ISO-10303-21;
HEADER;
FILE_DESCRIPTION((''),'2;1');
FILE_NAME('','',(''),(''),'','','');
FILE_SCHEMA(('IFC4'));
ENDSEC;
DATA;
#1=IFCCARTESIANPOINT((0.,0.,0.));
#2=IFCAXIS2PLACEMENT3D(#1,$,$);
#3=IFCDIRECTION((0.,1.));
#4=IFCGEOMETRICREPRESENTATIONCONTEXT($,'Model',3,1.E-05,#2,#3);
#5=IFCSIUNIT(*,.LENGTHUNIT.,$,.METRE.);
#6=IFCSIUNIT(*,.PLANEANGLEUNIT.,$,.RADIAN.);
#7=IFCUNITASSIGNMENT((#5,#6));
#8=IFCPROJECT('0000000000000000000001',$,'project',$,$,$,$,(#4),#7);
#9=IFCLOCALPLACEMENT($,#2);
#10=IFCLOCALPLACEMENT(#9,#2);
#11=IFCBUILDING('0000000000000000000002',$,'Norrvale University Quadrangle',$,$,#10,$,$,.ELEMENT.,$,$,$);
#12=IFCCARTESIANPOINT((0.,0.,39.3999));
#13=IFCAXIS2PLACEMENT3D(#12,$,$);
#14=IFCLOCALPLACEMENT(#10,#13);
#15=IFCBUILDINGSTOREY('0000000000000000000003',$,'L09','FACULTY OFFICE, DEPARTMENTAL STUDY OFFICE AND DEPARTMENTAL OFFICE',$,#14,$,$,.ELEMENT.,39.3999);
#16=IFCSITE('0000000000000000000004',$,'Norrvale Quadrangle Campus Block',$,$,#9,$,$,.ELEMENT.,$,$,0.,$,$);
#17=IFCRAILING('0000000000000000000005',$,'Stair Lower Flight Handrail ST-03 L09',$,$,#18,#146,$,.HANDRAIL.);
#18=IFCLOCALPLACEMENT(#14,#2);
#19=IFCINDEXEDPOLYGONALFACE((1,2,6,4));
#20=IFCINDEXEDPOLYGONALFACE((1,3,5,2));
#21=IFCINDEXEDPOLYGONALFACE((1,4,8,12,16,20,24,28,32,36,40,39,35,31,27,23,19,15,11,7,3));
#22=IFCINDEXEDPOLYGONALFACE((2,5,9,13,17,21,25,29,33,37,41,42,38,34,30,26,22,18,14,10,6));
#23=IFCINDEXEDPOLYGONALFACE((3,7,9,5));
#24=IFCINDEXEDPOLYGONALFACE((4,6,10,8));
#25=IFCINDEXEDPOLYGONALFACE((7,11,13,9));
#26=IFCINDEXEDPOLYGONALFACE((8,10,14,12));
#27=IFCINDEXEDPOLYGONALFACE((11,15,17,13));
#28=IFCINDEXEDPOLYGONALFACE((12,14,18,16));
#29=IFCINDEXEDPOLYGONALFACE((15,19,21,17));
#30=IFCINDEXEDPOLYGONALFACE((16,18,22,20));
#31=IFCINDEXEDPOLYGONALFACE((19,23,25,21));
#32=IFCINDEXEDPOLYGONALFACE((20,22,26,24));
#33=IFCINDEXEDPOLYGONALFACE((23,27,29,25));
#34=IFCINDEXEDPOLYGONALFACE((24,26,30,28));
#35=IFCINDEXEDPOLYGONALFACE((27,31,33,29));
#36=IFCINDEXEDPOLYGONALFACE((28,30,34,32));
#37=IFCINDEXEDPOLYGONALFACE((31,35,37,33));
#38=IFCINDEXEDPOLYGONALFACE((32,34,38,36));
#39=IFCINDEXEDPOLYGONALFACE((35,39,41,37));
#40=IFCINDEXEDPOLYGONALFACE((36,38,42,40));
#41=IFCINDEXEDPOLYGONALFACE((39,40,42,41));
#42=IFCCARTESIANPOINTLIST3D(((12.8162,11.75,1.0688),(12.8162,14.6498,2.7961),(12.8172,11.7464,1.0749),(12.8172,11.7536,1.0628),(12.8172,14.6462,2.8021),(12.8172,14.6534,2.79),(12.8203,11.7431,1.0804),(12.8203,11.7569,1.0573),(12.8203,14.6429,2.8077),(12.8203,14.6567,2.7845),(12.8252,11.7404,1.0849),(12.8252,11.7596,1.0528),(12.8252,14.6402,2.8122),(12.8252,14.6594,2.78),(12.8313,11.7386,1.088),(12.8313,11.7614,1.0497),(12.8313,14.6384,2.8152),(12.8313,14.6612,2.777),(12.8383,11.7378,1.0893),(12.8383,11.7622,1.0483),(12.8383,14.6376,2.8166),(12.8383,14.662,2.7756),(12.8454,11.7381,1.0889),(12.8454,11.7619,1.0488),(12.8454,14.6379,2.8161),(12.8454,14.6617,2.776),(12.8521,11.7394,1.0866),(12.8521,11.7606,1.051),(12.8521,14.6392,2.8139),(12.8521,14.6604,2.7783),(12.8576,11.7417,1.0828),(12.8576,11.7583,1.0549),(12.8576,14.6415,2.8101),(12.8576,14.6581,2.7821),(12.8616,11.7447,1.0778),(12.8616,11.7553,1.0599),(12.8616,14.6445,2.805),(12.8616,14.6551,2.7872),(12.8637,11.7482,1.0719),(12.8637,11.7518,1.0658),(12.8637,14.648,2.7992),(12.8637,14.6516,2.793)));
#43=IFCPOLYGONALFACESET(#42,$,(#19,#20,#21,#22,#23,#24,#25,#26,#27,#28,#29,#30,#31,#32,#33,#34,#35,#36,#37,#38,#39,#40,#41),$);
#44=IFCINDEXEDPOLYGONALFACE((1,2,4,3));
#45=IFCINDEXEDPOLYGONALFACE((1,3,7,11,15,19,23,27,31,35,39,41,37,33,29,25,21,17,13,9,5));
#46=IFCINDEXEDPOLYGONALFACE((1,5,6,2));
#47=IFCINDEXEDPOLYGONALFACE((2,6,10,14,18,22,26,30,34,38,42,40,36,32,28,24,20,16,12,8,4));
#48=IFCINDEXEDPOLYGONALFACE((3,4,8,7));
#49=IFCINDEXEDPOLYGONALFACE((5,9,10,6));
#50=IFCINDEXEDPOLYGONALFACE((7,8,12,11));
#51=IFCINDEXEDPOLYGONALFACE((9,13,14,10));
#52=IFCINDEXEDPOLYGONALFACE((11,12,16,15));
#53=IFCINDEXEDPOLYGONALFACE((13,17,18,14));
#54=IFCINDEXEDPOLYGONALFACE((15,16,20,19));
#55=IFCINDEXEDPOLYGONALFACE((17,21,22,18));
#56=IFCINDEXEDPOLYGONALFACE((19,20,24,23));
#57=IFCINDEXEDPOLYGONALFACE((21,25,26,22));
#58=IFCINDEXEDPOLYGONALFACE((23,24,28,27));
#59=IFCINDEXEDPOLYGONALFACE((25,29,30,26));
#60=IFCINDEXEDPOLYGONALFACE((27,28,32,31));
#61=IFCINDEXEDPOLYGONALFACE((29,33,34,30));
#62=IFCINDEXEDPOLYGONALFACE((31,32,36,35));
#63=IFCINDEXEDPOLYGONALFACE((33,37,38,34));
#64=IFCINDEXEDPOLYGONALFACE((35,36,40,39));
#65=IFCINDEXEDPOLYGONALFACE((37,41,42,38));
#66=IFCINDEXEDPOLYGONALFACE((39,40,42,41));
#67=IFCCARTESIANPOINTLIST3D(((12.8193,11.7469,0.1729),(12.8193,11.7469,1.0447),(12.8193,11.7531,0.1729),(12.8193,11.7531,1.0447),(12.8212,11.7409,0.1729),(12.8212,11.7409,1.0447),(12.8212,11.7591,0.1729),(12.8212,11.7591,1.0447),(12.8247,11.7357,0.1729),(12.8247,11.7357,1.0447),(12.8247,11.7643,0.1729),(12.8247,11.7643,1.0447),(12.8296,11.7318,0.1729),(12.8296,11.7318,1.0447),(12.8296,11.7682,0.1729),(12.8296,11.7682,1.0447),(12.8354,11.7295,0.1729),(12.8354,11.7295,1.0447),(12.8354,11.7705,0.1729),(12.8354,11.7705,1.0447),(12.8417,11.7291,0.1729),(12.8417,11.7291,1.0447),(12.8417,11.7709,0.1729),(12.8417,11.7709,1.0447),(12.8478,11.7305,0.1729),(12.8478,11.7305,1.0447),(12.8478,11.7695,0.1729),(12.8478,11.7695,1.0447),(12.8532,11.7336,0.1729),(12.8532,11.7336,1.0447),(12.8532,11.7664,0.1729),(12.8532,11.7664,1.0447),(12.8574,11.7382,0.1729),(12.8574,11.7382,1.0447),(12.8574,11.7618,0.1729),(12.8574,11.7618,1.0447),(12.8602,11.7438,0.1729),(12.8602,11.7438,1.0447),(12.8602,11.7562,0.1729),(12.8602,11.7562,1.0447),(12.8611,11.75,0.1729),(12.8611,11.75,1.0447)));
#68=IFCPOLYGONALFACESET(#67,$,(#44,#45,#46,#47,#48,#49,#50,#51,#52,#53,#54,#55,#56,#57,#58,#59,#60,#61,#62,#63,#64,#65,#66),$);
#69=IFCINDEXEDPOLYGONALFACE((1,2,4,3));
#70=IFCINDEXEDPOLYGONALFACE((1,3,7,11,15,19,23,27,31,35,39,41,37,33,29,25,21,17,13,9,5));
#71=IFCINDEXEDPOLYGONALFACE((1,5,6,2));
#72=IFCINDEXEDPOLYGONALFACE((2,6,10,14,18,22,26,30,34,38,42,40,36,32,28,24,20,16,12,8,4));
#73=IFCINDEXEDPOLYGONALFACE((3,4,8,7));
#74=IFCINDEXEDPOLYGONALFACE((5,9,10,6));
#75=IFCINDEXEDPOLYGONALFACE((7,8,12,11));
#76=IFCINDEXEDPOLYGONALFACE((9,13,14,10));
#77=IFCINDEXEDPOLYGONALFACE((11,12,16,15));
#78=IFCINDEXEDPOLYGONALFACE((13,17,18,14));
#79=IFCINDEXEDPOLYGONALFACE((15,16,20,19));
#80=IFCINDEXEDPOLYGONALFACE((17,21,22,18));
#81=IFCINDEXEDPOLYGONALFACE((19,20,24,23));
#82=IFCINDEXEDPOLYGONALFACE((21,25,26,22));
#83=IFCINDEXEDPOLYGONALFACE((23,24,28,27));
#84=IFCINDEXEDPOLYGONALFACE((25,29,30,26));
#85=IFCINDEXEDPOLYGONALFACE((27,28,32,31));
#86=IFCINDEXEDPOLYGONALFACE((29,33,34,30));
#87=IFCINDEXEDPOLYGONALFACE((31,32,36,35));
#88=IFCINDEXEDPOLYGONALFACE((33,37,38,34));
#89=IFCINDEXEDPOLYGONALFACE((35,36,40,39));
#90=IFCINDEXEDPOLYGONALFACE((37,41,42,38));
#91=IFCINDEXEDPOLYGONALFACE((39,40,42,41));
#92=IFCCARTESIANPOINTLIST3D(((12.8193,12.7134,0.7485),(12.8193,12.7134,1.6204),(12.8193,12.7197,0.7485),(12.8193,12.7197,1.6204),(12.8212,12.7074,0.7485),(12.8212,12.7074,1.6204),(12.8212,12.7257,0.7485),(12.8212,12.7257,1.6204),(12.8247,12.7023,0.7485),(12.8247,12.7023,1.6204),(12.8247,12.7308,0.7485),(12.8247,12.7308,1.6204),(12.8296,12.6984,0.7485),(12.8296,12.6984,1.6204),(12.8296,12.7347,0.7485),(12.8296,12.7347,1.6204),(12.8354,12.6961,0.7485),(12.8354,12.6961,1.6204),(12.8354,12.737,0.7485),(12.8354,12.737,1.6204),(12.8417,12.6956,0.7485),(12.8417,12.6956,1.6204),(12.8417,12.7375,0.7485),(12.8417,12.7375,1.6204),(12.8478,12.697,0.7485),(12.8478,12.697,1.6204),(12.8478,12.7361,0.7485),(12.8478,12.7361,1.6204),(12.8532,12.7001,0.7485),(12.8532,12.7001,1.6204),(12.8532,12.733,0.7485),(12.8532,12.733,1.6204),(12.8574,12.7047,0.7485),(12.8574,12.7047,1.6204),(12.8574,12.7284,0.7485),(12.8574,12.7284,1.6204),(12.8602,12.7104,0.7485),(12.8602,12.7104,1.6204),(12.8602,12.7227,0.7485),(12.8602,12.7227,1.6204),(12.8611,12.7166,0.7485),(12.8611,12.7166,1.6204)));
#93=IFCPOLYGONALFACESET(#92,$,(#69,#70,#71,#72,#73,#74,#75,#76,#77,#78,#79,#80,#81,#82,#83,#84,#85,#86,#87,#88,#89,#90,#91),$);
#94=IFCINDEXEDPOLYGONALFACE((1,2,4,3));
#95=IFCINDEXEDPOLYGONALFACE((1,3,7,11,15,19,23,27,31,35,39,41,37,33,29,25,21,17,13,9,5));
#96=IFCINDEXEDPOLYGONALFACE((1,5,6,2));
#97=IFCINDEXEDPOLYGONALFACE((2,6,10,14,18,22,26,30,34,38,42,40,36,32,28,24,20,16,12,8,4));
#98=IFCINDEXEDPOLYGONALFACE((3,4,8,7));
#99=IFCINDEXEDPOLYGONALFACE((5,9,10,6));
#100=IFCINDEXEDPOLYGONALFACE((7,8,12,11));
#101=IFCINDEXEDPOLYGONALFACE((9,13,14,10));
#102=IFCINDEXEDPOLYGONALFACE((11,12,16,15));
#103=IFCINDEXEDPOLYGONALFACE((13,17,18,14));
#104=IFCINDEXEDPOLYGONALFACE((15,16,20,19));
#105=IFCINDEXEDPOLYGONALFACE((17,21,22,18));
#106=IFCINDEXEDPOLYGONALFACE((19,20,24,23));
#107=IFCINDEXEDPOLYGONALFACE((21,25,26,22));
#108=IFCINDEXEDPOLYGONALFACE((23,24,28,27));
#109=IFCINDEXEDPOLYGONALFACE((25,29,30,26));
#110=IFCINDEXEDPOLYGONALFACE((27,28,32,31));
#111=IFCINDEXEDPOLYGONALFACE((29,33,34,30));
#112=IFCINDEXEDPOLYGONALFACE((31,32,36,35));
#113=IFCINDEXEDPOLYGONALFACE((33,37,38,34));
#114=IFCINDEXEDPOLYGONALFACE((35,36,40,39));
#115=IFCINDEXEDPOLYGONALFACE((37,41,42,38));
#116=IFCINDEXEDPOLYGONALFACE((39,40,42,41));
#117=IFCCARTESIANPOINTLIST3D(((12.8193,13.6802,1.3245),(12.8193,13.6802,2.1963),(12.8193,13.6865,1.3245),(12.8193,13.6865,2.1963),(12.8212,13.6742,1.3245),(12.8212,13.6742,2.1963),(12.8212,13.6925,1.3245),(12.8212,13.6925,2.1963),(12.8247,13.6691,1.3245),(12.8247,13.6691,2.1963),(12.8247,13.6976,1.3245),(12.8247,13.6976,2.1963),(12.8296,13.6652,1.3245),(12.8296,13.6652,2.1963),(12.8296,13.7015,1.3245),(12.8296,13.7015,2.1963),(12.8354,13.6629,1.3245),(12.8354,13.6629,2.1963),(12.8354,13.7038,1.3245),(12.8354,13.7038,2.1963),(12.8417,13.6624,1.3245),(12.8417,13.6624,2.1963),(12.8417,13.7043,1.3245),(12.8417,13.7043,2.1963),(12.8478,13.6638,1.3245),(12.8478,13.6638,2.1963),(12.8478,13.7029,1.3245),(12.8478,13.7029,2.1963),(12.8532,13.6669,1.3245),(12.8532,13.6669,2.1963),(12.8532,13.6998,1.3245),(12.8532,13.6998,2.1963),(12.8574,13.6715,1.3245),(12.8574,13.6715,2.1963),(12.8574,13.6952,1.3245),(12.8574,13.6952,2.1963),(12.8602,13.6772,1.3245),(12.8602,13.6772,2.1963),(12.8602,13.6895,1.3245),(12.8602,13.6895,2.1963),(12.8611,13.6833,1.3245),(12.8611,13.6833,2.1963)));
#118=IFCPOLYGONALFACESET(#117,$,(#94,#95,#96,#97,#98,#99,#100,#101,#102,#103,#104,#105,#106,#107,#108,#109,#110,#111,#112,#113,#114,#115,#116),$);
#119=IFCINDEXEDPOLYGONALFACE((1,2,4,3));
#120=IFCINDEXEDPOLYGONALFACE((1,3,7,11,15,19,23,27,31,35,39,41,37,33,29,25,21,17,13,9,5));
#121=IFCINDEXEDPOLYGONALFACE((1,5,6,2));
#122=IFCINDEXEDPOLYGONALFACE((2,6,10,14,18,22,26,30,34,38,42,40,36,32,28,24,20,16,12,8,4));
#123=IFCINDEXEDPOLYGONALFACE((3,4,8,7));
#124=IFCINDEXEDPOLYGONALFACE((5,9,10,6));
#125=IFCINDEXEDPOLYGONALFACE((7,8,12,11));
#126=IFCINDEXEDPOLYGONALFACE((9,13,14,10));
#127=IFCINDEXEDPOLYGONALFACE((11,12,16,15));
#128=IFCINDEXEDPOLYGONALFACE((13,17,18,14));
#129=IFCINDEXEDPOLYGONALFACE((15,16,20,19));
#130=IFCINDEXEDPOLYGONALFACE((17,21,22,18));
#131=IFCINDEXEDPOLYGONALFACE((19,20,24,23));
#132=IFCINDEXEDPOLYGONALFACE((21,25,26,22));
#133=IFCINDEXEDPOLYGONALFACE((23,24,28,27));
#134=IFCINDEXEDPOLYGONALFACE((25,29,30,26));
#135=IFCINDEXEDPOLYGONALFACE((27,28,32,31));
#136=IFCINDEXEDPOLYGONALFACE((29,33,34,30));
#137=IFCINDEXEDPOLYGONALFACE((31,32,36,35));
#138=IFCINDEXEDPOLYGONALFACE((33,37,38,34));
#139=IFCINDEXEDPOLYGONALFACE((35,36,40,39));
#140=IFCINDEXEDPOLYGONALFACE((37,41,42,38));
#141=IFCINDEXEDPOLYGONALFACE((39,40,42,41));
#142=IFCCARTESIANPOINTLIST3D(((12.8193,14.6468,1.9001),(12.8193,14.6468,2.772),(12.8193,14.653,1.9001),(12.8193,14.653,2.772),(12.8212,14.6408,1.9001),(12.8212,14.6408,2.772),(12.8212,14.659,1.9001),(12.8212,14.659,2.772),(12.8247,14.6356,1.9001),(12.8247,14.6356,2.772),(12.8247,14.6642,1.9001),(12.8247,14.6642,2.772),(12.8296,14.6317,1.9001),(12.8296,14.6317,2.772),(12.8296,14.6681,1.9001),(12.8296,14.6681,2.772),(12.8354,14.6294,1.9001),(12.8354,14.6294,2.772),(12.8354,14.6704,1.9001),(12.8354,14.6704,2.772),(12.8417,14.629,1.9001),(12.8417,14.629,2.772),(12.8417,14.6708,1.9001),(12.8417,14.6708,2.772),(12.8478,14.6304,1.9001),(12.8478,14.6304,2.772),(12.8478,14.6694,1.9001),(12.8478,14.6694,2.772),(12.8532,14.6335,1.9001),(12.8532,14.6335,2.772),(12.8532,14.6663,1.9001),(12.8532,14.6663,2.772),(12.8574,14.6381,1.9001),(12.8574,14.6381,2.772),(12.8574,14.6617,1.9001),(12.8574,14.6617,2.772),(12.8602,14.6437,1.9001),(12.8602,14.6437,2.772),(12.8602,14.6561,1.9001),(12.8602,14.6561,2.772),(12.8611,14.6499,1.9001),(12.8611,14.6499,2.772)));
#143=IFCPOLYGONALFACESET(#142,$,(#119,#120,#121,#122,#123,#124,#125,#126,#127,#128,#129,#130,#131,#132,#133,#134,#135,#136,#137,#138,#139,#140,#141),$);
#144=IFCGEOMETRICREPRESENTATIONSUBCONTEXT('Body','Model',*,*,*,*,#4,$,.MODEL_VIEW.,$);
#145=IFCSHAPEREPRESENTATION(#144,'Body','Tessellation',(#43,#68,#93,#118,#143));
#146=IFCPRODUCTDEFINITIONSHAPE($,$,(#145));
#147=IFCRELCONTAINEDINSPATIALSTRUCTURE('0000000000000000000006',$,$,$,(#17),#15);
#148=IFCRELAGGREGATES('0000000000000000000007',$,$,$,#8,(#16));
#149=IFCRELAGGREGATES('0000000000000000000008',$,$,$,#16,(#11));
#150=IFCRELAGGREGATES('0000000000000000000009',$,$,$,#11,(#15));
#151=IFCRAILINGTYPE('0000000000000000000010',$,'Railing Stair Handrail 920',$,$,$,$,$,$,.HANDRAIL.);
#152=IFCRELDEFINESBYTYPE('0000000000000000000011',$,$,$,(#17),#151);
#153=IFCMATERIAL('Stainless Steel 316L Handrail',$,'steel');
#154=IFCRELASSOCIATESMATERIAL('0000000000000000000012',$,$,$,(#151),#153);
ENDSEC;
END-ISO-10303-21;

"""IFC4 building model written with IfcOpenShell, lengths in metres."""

from ifc_helpers import new_model, si_unit, direction, frame, origin, origin_2d, place, context, subcontext, project, spatial, circle, extrude, material, type_object, element, save


model = new_model("IFC4")

# Units and contexts
model_context = context("Model", 3, precision=1e-05, world=origin(), true_north=direction((0.0, 1.0)))
body_context = subcontext(model_context, "Body", "Model", "MODEL_VIEW")
ifc_project = project(units=[si_unit("LENGTHUNIT", "METRE"), si_unit("PLANEANGLEUNIT", "RADIAN")], contexts=[model_context])

# Site, building, storey
site_placement = place(None, origin())
site = spatial("IfcSite", under=ifc_project, at=site_placement, Name="Norrvale Quadrangle Campus Block", CompositionType="ELEMENT", RefElevation=0.0)
building_placement = place(site_placement, origin())
building = spatial("IfcBuilding", under=site, at=building_placement, Name="Norrvale University Quadrangle", CompositionType="ELEMENT")
storey_placement = place(building_placement, frame((0.0, 0.0, 39.3999)))
storey = spatial("IfcBuildingStorey", under=building, at=storey_placement, Name="L09", Description="FACULTY OFFICE, DEPARTMENTAL STUDY OFFICE AND DEPARTMENTAL OFFICE", CompositionType="ELEMENT", Elevation=39.3999)

# Railing
ifc_material_1 = material(Name="Stainless Steel 316L Handrail", Category="steel")
railing_type_1 = type_object("IfcRailingType", Name="Railing Stair Handrail 920", PredefinedType="HANDRAIL", material=ifc_material_1)
railing_1_placement = place(storey_placement, frame((12.8401, 11.75, 0.1729)))
element("IfcRailing", 1, at=railing_1_placement, inside=storey, type_object=railing_type_1, Name="Stair Lower Flight Handrail ST-03 L09", PredefinedType="HANDRAIL", context=body_context, shape_type="SweptSolid", body=[
    extrude(circle(Radius=0.0239, at=origin_2d()), frame((0.0, 0.0, 0.896), z_axis=(0.0, 0.859141, 0.511738), x_axis=(-1.0, 0.0, 0.0)), (0.0, 0.0, 1.0), 3.3752),
    extrude(circle(Radius=0.021, at=origin_2d()), origin(), (0.0, 0.0, 1.0), 0.8718),
    extrude(circle(Radius=0.021, at=origin_2d()), frame((0.0, 0.9666, 0.5757)), (0.0, 0.0, 1.0), 0.8718),
    extrude(circle(Radius=0.021, at=origin_2d()), frame((0.0, 1.9333, 1.1516)), (0.0, 0.0, 1.0), 0.8718),
    extrude(circle(Radius=0.021, at=origin_2d()), frame((0.0, 2.8999, 1.7273)), (0.0, 0.0, 1.0), 0.8718),
])

save(model, "model.ifc")
